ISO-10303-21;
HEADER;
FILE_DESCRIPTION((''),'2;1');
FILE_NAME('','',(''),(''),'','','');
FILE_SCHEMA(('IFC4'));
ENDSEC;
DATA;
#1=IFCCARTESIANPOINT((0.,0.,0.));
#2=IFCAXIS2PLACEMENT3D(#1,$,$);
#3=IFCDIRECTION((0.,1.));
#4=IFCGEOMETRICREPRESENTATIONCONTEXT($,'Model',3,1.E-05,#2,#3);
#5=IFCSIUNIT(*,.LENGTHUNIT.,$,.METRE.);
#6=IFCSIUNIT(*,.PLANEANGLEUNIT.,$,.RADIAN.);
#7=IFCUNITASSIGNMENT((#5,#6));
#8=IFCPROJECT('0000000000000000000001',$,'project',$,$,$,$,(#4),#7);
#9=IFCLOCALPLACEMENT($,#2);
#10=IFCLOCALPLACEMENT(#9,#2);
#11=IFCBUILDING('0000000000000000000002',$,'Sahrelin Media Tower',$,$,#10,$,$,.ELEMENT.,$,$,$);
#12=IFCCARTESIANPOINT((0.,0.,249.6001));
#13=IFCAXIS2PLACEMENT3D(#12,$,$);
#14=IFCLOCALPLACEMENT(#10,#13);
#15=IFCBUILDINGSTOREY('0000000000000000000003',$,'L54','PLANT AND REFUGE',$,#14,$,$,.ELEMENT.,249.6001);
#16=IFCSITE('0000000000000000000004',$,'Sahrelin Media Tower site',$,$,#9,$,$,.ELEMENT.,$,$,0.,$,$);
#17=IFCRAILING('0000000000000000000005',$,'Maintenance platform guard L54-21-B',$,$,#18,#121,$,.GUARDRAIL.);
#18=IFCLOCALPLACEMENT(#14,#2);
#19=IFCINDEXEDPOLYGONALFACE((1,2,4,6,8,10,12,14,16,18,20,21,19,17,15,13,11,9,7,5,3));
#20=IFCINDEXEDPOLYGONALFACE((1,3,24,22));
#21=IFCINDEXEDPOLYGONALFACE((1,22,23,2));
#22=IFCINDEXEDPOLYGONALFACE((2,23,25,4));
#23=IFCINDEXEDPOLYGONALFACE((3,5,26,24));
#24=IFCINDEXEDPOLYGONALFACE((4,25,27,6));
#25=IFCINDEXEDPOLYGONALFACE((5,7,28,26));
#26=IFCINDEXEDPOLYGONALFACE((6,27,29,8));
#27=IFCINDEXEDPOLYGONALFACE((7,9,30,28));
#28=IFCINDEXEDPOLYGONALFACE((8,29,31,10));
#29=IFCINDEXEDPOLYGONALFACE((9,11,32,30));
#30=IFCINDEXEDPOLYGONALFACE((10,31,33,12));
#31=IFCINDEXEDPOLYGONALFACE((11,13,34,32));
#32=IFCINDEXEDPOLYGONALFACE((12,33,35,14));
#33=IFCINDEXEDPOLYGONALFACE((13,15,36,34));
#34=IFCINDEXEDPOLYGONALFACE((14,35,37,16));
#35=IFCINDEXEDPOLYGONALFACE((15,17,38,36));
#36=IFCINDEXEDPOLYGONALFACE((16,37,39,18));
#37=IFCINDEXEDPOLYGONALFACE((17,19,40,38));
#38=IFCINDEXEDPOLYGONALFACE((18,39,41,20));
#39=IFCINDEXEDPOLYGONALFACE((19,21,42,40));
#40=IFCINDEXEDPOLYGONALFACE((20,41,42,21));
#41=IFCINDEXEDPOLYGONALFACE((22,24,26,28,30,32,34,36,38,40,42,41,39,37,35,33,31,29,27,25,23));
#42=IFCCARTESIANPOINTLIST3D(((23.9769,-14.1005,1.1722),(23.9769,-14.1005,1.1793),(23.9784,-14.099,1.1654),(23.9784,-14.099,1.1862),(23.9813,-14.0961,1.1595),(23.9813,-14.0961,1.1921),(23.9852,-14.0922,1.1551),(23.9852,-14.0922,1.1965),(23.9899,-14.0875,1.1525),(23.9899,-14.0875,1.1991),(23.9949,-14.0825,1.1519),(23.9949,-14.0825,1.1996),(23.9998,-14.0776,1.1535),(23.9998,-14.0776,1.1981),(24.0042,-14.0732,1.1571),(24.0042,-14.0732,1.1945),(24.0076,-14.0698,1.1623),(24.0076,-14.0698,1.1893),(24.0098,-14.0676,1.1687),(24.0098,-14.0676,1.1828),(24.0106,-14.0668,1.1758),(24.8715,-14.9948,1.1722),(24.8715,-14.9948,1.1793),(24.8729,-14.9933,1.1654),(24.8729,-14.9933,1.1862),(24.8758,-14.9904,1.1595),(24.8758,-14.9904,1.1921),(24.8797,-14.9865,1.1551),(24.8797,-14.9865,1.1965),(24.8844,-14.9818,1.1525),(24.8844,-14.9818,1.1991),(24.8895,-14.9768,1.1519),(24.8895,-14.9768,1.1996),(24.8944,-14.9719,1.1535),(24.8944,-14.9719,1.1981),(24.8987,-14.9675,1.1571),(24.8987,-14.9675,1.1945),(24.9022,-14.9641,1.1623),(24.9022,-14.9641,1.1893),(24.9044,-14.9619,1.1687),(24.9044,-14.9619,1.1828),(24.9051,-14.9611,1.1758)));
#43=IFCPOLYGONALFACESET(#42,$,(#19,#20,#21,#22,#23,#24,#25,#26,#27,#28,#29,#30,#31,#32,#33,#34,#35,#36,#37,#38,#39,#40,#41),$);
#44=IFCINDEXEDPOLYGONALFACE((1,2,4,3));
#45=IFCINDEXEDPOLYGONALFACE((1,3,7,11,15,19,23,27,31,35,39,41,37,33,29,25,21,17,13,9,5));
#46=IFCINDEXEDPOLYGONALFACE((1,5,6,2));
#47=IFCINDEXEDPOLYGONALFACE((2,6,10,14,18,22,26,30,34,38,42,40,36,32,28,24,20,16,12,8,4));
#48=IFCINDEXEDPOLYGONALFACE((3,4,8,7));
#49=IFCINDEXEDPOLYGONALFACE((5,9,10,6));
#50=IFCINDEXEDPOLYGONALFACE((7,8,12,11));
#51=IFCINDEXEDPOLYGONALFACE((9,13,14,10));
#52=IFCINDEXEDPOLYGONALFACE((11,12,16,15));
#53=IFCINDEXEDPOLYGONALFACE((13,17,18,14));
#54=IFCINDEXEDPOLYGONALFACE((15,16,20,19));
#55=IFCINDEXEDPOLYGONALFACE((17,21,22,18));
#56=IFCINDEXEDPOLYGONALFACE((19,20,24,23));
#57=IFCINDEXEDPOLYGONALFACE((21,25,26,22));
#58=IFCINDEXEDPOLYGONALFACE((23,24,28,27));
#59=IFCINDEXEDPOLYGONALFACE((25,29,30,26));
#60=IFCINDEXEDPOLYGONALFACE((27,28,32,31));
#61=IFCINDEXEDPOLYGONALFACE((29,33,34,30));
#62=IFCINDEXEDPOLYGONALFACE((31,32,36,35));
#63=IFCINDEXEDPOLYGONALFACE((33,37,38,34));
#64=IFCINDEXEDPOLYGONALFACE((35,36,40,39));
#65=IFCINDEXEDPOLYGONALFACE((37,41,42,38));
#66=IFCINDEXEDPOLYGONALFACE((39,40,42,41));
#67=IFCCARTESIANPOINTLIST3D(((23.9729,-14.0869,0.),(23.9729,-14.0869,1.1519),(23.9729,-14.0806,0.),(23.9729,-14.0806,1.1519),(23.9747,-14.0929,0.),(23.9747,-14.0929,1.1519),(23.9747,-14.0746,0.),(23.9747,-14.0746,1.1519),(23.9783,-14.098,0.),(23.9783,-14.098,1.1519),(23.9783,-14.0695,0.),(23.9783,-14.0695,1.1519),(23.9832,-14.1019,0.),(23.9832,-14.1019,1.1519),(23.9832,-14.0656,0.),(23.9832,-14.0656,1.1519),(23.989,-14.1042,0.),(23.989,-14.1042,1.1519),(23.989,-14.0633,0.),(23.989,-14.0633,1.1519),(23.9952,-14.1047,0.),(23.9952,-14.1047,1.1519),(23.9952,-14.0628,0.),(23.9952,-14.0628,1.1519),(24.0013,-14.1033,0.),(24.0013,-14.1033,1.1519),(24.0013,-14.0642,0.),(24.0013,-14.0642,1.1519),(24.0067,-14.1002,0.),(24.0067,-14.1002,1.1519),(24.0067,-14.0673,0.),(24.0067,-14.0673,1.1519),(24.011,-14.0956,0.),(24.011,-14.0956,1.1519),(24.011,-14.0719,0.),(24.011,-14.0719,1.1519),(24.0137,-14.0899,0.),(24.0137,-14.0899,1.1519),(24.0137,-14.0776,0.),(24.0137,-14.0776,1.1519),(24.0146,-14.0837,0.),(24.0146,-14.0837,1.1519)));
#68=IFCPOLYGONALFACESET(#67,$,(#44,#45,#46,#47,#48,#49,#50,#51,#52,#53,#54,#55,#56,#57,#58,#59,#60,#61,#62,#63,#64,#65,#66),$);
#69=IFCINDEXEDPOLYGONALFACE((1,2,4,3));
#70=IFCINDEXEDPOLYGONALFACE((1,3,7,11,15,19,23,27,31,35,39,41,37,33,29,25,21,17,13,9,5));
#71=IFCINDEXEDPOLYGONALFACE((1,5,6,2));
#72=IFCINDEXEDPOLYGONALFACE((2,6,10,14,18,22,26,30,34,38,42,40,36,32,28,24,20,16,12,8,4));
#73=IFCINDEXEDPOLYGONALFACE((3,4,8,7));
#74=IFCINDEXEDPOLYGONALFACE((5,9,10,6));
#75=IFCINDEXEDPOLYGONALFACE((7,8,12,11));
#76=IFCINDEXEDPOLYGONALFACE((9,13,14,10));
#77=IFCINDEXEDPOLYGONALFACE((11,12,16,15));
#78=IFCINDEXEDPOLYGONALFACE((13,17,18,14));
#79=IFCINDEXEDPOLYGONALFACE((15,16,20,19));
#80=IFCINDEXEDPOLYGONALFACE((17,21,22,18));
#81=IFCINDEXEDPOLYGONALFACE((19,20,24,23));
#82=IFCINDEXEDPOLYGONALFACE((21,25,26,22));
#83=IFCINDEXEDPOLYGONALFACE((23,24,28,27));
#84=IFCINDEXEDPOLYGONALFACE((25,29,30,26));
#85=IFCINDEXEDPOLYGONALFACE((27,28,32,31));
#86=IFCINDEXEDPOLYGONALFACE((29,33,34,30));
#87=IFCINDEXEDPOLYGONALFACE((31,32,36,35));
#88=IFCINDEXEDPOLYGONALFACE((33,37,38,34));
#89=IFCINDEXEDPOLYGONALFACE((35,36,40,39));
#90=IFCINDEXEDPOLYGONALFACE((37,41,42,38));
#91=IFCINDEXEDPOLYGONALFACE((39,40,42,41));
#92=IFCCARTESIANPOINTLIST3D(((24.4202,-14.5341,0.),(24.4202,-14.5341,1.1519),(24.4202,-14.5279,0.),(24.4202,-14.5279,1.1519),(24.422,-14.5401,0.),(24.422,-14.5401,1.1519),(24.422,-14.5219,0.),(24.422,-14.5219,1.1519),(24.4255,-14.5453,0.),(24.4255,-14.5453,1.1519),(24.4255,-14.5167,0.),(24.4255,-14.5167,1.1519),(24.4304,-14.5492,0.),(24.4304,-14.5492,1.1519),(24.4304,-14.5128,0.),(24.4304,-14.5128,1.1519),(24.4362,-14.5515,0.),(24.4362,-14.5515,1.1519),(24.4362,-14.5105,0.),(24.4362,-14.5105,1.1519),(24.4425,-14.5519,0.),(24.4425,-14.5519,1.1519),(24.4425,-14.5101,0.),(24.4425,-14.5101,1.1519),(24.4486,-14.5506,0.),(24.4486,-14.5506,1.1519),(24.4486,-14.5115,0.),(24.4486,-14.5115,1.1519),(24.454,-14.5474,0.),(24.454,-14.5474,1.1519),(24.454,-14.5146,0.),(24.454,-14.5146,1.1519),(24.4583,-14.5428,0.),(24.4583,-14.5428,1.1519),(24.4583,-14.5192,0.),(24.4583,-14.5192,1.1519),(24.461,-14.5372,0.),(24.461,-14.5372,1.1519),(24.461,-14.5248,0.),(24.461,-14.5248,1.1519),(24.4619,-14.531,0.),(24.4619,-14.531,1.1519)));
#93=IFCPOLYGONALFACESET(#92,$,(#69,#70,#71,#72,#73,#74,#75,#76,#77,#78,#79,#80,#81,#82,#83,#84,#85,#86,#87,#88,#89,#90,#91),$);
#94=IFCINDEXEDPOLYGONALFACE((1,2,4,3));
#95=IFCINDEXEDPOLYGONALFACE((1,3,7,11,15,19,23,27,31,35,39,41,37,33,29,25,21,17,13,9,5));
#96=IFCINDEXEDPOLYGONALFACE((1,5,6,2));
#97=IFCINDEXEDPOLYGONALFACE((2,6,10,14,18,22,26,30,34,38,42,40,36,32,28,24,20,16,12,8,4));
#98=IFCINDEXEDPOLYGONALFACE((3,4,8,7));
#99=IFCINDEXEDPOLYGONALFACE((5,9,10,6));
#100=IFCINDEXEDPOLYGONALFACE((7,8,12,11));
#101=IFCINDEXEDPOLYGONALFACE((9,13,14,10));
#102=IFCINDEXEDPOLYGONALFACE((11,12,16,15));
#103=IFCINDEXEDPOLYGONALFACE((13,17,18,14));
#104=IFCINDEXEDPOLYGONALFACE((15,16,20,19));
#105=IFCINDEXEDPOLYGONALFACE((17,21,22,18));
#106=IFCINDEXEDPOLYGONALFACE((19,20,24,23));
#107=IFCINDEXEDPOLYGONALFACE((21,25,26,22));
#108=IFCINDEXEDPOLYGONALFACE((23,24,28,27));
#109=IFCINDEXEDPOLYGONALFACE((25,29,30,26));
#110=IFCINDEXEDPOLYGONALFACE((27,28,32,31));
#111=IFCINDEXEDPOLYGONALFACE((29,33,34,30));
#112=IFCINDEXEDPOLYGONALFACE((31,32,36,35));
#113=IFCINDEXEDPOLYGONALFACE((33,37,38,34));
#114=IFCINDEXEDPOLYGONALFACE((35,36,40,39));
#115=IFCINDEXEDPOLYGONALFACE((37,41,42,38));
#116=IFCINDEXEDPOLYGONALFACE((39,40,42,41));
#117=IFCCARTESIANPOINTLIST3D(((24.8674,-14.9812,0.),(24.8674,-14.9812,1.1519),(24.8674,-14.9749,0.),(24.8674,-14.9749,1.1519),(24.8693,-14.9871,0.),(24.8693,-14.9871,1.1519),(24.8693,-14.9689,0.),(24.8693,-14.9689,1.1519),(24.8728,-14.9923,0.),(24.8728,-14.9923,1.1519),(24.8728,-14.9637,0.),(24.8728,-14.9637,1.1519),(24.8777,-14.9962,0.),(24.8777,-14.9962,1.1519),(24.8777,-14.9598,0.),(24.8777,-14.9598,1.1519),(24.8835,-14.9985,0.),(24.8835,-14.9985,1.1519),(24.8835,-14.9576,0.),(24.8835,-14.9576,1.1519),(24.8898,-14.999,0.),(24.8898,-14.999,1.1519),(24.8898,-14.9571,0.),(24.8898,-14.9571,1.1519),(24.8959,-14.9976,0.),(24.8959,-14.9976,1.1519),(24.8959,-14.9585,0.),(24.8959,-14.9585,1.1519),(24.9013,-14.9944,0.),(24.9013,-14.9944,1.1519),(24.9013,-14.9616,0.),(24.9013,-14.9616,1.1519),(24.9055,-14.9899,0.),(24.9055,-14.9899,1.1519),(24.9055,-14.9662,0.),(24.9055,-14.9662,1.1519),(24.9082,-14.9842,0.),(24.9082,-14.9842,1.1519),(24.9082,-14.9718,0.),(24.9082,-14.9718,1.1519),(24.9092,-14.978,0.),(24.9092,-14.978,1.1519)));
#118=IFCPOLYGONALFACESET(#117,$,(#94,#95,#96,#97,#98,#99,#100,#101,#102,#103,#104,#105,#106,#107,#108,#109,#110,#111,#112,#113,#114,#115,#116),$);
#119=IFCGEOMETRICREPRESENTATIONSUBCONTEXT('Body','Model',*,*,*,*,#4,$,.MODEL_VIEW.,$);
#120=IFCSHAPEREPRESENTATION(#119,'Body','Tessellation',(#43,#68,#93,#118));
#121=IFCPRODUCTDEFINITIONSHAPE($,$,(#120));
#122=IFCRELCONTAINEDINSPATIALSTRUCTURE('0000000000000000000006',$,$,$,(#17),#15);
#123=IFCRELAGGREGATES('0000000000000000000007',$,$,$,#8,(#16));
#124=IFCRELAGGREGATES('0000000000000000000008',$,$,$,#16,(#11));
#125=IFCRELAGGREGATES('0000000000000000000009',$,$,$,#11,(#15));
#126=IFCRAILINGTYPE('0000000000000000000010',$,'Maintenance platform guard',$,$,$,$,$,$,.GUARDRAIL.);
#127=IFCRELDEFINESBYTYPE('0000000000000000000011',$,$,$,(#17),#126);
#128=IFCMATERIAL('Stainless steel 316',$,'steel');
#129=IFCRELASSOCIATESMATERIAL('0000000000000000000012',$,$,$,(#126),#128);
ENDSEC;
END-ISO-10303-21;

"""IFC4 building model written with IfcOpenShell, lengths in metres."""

from ifc_helpers import new_model, si_unit, direction, frame, origin, origin_2d, place, context, subcontext, project, spatial, circle, extrude, material, type_object, element, save


model = new_model("IFC4")

# Units and contexts
model_context = context("Model", 3, precision=1e-05, world=origin(), true_north=direction((0.0, 1.0)))
body_context = subcontext(model_context, "Body", "Model", "MODEL_VIEW")
ifc_project = project(units=[si_unit("LENGTHUNIT", "METRE"), si_unit("PLANEANGLEUNIT", "RADIAN")], contexts=[model_context])

# Site, building, storey
site_placement = place(None, origin())
site = spatial("IfcSite", under=ifc_project, at=site_placement, Name="Sahrelin Media Tower site", CompositionType="ELEMENT", RefElevation=0.0)
building_placement = place(site_placement, origin())
building = spatial("IfcBuilding", under=site, at=building_placement, Name="Sahrelin Media Tower", CompositionType="ELEMENT")
storey_placement = place(building_placement, frame((0.0, 0.0, 249.6001)))
storey = spatial("IfcBuildingStorey", under=building, at=storey_placement, Name="L54", Description="PLANT AND REFUGE", CompositionType="ELEMENT", Elevation=249.6001)

# Railing
ifc_material_1 = material(Name="Stainless steel 316", Category="steel")
railing_type = type_object("IfcRailingType", Name="Maintenance platform guard", PredefinedType="GUARDRAIL", material=ifc_material_1)
railing_1_placement = place(storey_placement, frame((23.9937, -14.0837, 0.0)))
element("IfcRailing", 1, at=railing_1_placement, inside=storey, type_object=railing_type, Name="Maintenance platform guard L54-21-B", PredefinedType="GUARDRAIL", context=body_context, shape_type="SweptSolid", body=[
    extrude(circle(Radius=0.0239, at=origin_2d()), frame((0.0, 0.0, 1.1758), z_axis=(0.707203, -0.70701, 0.0), x_axis=(0.70701, 0.707203, 0.0)), (0.0, 0.0, 1.0), 1.2649),
    extrude(circle(Radius=0.021, at=origin_2d()), origin(), (0.0, 0.0, 1.0), 1.1519),
    extrude(circle(Radius=0.021, at=origin_2d()), frame((0.4473, -0.4473, 0.0)), (0.0, 0.0, 1.0), 1.1519),
    extrude(circle(Radius=0.021, at=origin_2d()), frame((0.8945, -0.8943, 0.0)), (0.0, 0.0, 1.0), 1.1519),
])

save(model, "model.ifc")
